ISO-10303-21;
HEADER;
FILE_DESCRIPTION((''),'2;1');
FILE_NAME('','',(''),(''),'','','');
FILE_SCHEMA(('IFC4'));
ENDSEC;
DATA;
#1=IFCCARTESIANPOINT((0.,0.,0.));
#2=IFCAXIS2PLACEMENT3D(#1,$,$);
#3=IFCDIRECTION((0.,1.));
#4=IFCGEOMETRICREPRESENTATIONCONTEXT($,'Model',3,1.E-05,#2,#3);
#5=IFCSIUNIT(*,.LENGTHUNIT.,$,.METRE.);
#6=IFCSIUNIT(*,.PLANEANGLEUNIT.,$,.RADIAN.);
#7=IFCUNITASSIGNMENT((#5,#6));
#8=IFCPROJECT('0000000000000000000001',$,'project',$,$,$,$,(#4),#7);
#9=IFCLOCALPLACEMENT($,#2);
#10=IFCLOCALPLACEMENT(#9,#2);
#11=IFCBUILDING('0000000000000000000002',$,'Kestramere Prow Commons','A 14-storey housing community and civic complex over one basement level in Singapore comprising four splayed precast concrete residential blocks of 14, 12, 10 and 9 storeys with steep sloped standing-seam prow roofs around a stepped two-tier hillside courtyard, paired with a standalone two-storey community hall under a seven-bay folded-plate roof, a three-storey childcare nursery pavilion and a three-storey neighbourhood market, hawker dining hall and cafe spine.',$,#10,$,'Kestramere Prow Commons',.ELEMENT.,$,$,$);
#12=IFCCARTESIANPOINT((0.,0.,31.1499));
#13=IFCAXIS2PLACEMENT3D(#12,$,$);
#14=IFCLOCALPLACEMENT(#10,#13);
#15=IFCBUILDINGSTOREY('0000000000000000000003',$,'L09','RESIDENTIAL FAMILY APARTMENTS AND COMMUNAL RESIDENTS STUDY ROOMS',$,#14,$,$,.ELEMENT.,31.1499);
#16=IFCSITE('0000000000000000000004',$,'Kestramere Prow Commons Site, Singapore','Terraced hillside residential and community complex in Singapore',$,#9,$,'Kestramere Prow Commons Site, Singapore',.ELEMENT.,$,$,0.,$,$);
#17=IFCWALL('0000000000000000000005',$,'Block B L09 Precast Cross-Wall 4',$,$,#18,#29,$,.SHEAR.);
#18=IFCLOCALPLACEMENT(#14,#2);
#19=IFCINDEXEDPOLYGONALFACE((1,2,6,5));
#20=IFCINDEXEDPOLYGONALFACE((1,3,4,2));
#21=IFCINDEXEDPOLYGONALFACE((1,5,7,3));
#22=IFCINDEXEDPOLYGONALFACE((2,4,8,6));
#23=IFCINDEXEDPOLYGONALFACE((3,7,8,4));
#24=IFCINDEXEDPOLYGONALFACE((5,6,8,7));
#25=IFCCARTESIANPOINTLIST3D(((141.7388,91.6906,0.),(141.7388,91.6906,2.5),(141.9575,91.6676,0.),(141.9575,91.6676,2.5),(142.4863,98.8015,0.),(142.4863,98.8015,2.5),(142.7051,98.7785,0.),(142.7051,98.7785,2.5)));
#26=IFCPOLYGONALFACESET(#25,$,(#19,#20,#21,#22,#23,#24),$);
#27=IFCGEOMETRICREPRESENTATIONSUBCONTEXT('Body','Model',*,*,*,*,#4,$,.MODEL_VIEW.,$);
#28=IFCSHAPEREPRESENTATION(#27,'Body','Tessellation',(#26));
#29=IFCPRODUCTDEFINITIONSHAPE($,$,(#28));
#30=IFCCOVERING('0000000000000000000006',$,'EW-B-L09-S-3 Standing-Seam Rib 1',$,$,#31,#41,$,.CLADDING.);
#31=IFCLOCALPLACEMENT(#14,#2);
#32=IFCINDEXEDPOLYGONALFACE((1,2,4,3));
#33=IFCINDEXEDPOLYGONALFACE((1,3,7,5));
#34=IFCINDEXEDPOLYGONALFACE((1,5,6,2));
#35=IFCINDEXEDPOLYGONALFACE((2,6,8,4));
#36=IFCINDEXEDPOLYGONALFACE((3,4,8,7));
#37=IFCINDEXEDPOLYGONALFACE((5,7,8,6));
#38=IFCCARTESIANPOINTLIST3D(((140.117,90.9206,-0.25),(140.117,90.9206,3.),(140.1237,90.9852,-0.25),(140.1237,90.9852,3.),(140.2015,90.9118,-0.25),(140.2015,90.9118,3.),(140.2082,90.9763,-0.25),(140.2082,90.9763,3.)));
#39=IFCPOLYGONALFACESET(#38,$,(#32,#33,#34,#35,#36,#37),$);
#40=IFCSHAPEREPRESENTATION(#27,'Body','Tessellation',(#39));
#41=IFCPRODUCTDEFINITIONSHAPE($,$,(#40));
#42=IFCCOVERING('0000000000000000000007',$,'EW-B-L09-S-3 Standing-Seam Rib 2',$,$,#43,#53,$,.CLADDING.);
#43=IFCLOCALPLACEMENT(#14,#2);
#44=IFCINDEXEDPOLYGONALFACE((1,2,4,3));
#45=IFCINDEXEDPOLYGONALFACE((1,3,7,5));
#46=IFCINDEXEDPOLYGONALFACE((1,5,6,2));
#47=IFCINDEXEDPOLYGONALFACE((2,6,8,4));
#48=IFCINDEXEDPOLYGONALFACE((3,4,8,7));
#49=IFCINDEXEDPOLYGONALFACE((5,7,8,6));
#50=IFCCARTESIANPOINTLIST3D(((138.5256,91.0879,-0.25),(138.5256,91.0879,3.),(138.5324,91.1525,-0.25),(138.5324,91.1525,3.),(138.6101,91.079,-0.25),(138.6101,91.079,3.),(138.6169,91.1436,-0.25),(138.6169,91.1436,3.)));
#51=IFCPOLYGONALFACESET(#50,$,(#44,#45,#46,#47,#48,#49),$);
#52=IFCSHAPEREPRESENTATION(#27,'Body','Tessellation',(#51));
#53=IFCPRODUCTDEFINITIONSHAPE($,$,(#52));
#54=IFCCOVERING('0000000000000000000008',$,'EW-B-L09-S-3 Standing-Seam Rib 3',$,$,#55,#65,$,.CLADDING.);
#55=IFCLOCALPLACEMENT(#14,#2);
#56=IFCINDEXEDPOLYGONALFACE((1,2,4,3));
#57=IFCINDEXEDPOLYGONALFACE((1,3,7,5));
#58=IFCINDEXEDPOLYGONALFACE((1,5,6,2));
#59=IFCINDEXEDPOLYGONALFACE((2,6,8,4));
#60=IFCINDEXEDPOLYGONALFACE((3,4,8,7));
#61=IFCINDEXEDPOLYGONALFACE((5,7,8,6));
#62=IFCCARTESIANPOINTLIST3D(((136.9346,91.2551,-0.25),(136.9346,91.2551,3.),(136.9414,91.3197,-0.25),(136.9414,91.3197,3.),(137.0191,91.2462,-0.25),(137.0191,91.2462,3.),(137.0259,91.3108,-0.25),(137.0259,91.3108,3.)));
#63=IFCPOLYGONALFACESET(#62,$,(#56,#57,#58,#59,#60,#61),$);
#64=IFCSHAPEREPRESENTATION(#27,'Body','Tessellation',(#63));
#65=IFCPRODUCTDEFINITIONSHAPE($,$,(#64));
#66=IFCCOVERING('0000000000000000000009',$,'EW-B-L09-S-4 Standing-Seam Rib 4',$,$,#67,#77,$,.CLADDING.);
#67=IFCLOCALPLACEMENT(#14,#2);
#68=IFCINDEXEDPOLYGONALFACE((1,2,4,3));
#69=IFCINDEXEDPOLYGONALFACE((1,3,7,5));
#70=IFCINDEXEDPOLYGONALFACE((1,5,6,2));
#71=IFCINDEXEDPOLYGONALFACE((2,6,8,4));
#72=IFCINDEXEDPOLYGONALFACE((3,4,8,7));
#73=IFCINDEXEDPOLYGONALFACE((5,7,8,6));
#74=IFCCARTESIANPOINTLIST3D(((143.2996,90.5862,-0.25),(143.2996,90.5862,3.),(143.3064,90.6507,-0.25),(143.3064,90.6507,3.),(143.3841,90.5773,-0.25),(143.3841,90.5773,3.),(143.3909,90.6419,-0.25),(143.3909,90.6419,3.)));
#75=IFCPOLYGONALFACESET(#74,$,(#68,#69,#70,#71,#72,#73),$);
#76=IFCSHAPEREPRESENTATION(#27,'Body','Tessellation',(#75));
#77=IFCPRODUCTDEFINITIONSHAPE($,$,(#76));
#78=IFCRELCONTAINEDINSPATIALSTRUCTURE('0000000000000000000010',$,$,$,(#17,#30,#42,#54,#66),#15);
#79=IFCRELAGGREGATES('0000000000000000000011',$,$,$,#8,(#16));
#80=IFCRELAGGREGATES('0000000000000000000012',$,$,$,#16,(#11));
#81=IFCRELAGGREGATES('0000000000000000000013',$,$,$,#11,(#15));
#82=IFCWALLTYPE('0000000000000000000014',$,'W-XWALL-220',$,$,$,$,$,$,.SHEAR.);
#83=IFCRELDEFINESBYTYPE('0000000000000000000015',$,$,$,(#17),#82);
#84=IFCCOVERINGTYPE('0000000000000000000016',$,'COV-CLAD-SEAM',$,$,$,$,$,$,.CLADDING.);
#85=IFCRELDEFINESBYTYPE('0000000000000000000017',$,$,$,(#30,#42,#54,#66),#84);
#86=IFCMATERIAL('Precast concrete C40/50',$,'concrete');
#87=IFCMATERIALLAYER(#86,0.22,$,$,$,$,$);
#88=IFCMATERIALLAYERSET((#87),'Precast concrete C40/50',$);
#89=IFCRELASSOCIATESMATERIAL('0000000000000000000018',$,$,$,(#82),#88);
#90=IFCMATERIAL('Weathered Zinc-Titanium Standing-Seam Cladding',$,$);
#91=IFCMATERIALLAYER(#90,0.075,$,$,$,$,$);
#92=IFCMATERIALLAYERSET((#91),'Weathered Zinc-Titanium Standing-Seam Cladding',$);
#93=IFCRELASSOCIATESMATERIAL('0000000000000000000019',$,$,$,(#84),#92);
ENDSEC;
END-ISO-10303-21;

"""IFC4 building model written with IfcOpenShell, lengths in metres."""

from ifc_helpers import new_model, si_unit, direction, frame, frame_2d, origin, origin_2d, place, context, subcontext, project, spatial, rectangle, extrude, material, layer, layer_set, type_object, element, save


model = new_model("IFC4")

# Units and contexts
model_context = context("Model", 3, precision=1e-05, world=origin(), true_north=direction((0.0, 1.0)))
body_context = subcontext(model_context, "Body", "Model", "MODEL_VIEW")
ifc_project = project(units=[si_unit("LENGTHUNIT", "METRE"), si_unit("PLANEANGLEUNIT", "RADIAN")], contexts=[model_context])

# Site, building, storey
site_placement = place(None, origin())
site = spatial("IfcSite", under=ifc_project, at=site_placement, Name="Kestramere Prow Commons Site, Singapore", Description="Terraced hillside residential and community complex in Singapore", LongName="Kestramere Prow Commons Site, Singapore", CompositionType="ELEMENT", RefElevation=0.0)
building_placement = place(site_placement, origin())
building = spatial("IfcBuilding", under=site, at=building_placement, Name="Kestramere Prow Commons", Description="A 14-storey housing community and civic complex over one basement level in Singapore comprising four splayed precast concrete residential blocks of 14, 12, 10 and 9 storeys with steep sloped standing-seam prow roofs around a stepped two-tier hillside courtyard, paired with a standalone two-storey community hall under a seven-bay folded-plate roof, a three-storey childcare nursery pavilion and a three-storey neighbourhood market, hawker dining hall and cafe spine.", LongName="Kestramere Prow Commons", CompositionType="ELEMENT")
storey_placement = place(building_placement, frame((0.0, 0.0, 31.1499)))
storey = spatial("IfcBuildingStorey", under=building, at=storey_placement, Name="L09", Description="RESIDENTIAL FAMILY APARTMENTS AND COMMUNAL RESIDENTS STUDY ROOMS", CompositionType="ELEMENT", Elevation=31.1499)

# Shared definitions
ifc_material_1 = material(Name="Precast concrete C40/50", Category="concrete")

# Wall
ifc_layer_1 = layer(ifc_material_1, 0.22)
ifc_layer_set_1 = layer_set([ifc_layer_1], Name="Precast concrete C40/50")
wall_type_1 = type_object("IfcWallType", Name="W-XWALL-220", PredefinedType="SHEAR", material=ifc_layer_set_1)
wall_1_placement = place(storey_placement, frame((141.8481, 91.679, 0.0), z_axis=(0.0, 0.0, 1.0), x_axis=(0.104553, 0.994519, 0.0)))
element("IfcWall", 1, at=wall_1_placement, inside=storey, type_object=wall_type_1, Name="Block B L09 Precast Cross-Wall 4", PredefinedType="SHEAR", context=body_context, shape_type="SweptSolid", body=[
    extrude(rectangle(XDim=7.1501, YDim=0.22, at=frame_2d((3.5752, 0.0))), origin(), (0.0, 0.0, 1.0), 2.5),
])

# Coverings
ifc_material_2 = material(Name="Weathered Zinc-Titanium Standing-Seam Cladding")
ifc_layer_2 = layer(ifc_material_2, 0.075)
ifc_layer_set_2 = layer_set([ifc_layer_2], Name="Weathered Zinc-Titanium Standing-Seam Cladding")
covering_type = type_object("IfcCoveringType", Name="COV-CLAD-SEAM", PredefinedType="CLADDING", material=ifc_layer_set_2)
for number, where, z_axis, x_axis, name in (
    (2, (140.1626, 90.9485, -0.25), (0.0, 0.0, 1.0), (-0.994522, 0.104528, 0.0), "EW-B-L09-S-3 Standing-Seam Rib 1"),
    (3, (138.5713, 91.1157, -0.25), (0.0, 0.0, 1.0), (-0.994522, 0.104528, 0.0), "EW-B-L09-S-3 Standing-Seam Rib 2"),
    (4, (136.9802, 91.283, -0.25), (0.0, 0.0, 1.0), (-0.994522, 0.104528, 0.0), "EW-B-L09-S-3 Standing-Seam Rib 3"),
    (5, (143.3452, 90.614, -0.25), (0.0, 0.0, 1.0), (-0.994522, 0.104528, 0.0), "EW-B-L09-S-4 Standing-Seam Rib 4"),
):
    element("IfcCovering", number, at=place(storey_placement, frame(where, z_axis=z_axis, x_axis=x_axis)), inside=storey, type_object=covering_type, Name=name, PredefinedType="CLADDING", context=body_context, shape_type="SweptSolid", body=[
        extrude(rectangle(XDim=0.085, YDim=0.0649, at=origin_2d()), origin(), (0.0, 0.0, 1.0), 3.25),
    ])

save(model, "model.ifc")
